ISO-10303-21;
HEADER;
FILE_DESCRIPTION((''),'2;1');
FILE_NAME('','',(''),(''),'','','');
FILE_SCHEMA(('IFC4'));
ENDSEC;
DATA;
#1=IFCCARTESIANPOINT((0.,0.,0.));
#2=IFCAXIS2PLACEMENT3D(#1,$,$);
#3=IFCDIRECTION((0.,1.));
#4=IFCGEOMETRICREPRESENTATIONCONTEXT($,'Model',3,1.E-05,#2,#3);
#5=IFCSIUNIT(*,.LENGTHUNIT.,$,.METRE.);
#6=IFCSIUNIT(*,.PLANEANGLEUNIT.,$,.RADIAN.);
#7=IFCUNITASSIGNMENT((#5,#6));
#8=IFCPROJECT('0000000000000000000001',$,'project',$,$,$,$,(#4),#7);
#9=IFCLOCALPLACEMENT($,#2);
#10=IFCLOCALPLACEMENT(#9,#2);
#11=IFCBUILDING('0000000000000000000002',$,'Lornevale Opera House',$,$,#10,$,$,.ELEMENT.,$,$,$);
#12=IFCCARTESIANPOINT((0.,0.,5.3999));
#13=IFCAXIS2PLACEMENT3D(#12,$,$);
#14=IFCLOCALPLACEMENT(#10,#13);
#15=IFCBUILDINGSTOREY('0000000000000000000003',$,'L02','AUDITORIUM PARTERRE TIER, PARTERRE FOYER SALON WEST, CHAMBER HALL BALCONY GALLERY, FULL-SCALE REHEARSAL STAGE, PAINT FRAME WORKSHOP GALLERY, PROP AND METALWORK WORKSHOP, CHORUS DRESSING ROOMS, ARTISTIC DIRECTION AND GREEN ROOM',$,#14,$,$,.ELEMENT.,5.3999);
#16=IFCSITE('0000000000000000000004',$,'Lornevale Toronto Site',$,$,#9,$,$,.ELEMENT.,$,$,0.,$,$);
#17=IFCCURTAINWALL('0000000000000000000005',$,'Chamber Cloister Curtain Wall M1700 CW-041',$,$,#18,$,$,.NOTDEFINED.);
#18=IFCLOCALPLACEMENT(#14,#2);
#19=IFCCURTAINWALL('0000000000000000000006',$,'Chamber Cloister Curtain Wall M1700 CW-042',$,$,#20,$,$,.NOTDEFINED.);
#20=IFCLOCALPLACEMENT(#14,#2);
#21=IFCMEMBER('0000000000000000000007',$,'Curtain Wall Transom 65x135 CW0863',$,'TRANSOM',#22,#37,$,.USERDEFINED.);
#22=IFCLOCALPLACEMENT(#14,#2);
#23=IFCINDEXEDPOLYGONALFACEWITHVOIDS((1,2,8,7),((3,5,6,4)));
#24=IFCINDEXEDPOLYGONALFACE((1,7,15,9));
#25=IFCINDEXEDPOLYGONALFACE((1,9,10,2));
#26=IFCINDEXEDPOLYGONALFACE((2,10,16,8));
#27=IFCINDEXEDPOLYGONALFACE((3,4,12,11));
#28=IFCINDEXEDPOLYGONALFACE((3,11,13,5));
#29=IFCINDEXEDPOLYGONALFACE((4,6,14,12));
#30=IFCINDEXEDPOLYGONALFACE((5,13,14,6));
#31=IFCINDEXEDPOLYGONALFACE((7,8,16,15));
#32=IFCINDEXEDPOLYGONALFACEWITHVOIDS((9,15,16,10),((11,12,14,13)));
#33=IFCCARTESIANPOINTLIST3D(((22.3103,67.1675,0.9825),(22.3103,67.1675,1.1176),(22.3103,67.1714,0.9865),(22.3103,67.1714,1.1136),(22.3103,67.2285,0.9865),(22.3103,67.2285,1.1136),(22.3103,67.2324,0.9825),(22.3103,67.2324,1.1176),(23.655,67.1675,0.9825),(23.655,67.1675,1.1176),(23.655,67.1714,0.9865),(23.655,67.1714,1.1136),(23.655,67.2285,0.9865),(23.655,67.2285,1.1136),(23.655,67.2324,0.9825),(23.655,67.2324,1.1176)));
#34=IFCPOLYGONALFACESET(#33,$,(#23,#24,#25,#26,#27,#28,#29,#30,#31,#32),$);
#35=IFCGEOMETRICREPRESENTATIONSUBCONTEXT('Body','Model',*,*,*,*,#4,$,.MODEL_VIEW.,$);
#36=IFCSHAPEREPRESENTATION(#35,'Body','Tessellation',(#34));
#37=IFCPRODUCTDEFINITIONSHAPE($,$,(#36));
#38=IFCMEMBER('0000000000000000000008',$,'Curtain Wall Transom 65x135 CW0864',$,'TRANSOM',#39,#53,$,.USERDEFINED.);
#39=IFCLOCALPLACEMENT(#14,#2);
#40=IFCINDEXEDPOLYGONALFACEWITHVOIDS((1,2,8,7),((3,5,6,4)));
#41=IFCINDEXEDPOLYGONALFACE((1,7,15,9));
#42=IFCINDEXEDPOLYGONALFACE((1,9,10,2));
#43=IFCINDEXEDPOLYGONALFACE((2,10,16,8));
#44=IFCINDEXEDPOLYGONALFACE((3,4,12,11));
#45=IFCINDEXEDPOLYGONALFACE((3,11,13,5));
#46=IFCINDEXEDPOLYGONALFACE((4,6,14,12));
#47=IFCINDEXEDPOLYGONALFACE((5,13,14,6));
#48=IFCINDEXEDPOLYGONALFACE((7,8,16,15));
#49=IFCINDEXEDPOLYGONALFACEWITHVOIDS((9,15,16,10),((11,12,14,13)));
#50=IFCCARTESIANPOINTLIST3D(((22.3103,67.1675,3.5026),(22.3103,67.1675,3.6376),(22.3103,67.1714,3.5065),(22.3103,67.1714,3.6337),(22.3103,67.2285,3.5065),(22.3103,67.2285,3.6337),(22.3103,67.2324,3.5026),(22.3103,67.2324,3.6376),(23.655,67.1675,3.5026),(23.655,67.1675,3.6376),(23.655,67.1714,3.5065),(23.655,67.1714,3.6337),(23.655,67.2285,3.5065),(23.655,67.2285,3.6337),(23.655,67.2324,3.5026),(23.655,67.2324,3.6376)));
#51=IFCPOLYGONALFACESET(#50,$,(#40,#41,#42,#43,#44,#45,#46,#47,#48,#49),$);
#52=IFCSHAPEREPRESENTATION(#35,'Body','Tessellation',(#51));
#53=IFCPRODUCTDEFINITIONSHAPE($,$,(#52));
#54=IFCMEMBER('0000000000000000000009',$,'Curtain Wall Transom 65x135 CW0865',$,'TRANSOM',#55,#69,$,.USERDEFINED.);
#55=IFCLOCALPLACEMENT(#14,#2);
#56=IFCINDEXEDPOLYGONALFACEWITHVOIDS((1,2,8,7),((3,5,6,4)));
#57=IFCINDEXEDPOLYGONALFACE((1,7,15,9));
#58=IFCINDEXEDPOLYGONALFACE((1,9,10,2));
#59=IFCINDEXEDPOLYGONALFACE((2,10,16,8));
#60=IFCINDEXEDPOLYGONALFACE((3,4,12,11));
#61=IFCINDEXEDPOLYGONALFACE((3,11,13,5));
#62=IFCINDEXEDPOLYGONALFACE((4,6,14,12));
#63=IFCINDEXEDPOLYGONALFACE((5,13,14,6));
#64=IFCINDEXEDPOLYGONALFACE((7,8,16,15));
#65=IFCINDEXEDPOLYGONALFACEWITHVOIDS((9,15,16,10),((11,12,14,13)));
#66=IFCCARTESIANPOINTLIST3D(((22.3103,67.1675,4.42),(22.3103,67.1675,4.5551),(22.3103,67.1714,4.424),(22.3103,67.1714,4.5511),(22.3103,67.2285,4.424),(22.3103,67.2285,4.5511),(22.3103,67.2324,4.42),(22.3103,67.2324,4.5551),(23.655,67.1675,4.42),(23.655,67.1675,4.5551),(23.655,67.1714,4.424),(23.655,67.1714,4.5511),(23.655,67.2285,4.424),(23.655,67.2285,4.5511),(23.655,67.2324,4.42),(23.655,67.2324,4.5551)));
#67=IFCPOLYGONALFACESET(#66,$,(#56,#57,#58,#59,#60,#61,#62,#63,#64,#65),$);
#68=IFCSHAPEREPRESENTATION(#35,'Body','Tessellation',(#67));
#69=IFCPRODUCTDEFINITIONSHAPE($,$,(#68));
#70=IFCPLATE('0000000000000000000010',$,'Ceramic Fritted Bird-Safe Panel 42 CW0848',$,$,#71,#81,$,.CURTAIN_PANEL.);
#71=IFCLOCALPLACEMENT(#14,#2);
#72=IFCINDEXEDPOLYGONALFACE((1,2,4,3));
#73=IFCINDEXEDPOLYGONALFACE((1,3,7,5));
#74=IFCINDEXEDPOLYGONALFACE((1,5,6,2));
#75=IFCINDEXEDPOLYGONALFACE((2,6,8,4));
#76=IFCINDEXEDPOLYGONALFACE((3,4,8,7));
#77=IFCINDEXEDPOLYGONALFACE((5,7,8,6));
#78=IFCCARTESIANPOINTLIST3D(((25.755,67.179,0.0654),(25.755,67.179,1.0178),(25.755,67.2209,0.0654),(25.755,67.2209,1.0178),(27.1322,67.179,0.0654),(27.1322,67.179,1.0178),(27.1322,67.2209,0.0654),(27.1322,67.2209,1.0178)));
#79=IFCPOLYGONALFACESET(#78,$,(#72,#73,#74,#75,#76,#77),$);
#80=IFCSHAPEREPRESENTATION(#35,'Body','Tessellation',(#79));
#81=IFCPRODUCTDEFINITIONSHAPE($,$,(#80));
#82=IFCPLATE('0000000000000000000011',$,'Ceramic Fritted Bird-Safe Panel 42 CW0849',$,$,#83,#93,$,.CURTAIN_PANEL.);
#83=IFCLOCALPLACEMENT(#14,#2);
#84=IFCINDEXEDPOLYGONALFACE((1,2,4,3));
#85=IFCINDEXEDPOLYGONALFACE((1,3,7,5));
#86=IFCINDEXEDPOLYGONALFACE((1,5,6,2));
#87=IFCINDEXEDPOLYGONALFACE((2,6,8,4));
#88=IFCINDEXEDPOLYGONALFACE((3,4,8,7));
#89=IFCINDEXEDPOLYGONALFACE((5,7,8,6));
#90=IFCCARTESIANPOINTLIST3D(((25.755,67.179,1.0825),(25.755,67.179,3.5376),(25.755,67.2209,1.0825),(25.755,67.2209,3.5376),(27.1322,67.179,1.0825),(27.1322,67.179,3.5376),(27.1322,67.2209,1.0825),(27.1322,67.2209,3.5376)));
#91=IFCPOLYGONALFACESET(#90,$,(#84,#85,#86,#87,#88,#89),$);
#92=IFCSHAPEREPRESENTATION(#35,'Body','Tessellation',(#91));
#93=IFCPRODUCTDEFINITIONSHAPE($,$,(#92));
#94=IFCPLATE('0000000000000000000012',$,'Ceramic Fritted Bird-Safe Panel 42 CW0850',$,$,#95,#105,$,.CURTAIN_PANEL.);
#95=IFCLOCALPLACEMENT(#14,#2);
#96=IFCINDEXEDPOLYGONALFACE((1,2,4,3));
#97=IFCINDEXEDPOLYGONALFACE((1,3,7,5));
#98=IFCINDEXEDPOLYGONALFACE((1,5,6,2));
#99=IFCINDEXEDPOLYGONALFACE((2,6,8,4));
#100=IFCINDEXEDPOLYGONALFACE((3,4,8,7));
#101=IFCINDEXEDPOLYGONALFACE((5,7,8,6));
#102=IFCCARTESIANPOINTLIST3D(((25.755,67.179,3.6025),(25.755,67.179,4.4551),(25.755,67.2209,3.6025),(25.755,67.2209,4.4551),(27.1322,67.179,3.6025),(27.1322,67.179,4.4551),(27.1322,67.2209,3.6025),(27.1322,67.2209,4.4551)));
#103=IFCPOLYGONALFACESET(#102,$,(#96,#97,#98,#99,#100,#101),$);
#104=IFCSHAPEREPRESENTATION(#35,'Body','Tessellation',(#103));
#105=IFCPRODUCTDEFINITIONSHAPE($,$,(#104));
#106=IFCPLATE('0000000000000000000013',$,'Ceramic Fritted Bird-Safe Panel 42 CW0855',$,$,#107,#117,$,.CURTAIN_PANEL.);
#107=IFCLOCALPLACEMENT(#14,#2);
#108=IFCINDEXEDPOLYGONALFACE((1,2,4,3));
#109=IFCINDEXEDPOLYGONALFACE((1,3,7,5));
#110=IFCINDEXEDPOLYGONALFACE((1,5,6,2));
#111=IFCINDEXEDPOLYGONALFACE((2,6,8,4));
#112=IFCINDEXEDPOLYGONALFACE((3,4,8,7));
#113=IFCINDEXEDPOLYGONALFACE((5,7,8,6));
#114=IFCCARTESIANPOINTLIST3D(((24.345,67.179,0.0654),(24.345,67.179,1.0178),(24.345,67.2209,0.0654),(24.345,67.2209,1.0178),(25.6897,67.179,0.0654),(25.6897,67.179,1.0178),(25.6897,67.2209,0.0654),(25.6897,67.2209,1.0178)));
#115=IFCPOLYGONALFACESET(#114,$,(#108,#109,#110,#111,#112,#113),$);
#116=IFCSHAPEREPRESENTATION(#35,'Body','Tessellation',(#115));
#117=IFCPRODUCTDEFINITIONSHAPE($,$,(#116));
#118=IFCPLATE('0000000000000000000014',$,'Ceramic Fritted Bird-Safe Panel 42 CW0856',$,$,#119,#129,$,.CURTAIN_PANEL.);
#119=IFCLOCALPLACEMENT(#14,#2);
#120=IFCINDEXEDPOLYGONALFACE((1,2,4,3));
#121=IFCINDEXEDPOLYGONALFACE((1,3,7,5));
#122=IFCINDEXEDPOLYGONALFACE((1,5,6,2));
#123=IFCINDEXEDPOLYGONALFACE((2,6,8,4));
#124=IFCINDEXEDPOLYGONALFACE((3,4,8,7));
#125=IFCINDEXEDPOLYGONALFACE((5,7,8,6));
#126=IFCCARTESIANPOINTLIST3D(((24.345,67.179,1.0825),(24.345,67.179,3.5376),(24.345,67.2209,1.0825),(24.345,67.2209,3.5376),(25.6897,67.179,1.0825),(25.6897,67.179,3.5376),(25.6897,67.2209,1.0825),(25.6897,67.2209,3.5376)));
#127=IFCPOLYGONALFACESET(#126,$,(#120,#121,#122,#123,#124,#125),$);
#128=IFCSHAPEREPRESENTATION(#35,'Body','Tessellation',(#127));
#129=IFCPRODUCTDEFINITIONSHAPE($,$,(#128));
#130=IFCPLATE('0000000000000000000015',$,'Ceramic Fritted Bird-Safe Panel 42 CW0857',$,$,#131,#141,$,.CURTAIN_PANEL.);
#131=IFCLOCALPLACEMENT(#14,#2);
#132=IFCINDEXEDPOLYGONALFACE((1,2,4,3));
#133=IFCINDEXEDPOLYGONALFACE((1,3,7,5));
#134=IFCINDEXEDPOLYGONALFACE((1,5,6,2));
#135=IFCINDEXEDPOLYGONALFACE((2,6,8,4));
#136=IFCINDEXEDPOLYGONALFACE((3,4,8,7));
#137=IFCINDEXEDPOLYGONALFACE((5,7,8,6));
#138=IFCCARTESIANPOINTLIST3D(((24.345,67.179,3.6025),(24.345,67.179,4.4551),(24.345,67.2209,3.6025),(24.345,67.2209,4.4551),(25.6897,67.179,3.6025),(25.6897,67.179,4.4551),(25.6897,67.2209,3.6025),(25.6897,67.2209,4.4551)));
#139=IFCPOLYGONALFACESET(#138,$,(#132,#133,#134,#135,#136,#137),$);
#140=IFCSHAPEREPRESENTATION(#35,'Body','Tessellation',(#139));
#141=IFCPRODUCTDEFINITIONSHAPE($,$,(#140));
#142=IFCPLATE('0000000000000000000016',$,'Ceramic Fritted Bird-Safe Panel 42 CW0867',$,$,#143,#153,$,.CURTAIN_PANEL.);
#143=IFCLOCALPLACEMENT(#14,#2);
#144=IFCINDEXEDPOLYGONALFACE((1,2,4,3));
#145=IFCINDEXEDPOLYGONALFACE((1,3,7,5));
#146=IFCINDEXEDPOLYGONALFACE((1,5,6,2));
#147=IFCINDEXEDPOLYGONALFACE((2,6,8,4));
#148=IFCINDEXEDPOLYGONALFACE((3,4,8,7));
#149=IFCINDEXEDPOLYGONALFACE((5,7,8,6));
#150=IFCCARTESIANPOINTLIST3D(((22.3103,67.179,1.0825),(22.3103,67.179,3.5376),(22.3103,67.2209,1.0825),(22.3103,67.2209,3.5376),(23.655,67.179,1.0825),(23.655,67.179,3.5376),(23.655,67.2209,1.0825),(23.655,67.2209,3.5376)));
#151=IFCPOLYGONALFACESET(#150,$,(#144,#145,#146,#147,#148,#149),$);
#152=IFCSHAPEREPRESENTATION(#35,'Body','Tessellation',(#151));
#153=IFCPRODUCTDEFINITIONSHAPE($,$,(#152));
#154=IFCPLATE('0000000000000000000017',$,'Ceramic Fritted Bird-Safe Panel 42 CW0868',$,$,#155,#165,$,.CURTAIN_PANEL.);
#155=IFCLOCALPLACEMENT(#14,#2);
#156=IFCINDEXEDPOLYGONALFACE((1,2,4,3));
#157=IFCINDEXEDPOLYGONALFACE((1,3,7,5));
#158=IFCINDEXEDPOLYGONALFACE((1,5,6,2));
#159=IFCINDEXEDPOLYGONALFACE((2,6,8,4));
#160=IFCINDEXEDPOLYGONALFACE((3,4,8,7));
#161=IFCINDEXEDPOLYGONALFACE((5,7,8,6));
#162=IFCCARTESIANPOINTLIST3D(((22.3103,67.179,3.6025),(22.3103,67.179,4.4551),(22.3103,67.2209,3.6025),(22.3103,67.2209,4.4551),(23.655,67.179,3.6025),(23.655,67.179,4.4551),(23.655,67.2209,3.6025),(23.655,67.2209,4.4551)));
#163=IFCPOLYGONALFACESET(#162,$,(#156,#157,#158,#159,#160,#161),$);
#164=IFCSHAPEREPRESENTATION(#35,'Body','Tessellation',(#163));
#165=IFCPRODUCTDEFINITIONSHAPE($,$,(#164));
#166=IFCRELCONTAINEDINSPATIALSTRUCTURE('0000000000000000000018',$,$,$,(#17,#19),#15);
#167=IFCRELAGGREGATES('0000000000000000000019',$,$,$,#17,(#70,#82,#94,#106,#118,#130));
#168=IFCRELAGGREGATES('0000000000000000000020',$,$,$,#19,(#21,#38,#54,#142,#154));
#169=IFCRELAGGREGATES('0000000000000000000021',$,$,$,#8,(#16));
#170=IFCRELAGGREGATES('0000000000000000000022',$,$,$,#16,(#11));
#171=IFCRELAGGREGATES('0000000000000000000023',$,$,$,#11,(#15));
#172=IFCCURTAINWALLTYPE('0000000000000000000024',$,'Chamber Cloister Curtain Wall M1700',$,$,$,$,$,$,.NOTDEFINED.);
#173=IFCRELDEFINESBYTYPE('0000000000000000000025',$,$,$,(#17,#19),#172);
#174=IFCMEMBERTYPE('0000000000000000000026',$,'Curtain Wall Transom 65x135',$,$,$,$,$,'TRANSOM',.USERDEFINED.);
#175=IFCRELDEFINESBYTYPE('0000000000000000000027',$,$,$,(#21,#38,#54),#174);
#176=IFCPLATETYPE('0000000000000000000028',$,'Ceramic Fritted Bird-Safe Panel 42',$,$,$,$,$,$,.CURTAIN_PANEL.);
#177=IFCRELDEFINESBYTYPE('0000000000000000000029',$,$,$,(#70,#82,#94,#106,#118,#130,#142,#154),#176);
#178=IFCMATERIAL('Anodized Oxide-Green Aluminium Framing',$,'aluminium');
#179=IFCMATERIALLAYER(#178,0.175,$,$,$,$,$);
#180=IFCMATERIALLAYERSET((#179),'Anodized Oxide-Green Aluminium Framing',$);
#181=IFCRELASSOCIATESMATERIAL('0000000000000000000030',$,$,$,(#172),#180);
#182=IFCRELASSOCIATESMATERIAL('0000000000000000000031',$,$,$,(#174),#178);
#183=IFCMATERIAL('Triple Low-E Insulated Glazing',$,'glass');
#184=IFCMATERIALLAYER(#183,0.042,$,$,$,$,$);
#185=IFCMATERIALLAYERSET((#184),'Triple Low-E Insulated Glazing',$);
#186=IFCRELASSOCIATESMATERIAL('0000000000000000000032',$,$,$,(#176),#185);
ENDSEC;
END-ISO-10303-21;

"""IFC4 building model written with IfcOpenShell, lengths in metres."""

from ifc_helpers import new_model, si_unit, direction, frame, origin, origin_2d, place, context, subcontext, project, spatial, rectangle, hollow_rectangle, extrude, material, layer, layer_set, material_profile, profile_set, type_object, element, aggregate, save


model = new_model("IFC4")

# Units and contexts
model_context = context("Model", 3, precision=1e-05, world=origin(), true_north=direction((0.0, 1.0)))
body_context = subcontext(model_context, "Body", "Model", "MODEL_VIEW")
ifc_project = project(units=[si_unit("LENGTHUNIT", "METRE"), si_unit("PLANEANGLEUNIT", "RADIAN")], contexts=[model_context])

# Site, building, storey
site_placement = place(None, origin())
site = spatial("IfcSite", under=ifc_project, at=site_placement, Name="Lornevale Toronto Site", CompositionType="ELEMENT", RefElevation=0.0)
building_placement = place(site_placement, origin())
building = spatial("IfcBuilding", under=site, at=building_placement, Name="Lornevale Opera House", CompositionType="ELEMENT")
storey_placement = place(building_placement, frame((0.0, 0.0, 5.3999)))
storey = spatial("IfcBuildingStorey", under=building, at=storey_placement, Name="L02", Description="AUDITORIUM PARTERRE TIER, PARTERRE FOYER SALON WEST, CHAMBER HALL BALCONY GALLERY, FULL-SCALE REHEARSAL STAGE, PAINT FRAME WORKSHOP GALLERY, PROP AND METALWORK WORKSHOP, CHORUS DRESSING ROOMS, ARTISTIC DIRECTION AND GREEN ROOM", CompositionType="ELEMENT", Elevation=5.3999)

# Curtain wall
ifc_material_1 = material(Name="Anodized Oxide-Green Aluminium Framing", Category="aluminium")
ifc_layer_1 = layer(ifc_material_1, 0.175)
ifc_layer_set_1 = layer_set([ifc_layer_1], Name="Anodized Oxide-Green Aluminium Framing")
curtain_wall_type = type_object("IfcCurtainWallType", Name="Chamber Cloister Curtain Wall M1700", PredefinedType="NOTDEFINED", material=ifc_layer_set_1)
curtain_wall_1_placement = place(storey_placement, origin())
curtain_wall_1 = element("IfcCurtainWall", 1, at=curtain_wall_1_placement, inside=storey, type_object=curtain_wall_type, Name="Chamber Cloister Curtain Wall M1700 CW-041", PredefinedType="NOTDEFINED")

# Curtain wall
curtain_wall_2_placement = place(storey_placement, origin())
curtain_wall_2 = element("IfcCurtainWall", 2, at=curtain_wall_2_placement, inside=storey, type_object=curtain_wall_type, Name="Chamber Cloister Curtain Wall M1700 CW-042", PredefinedType="NOTDEFINED")

# Members
ifc_material_profile_1 = material_profile(ifc_material_1, hollow_rectangle(XDim=0.0649, YDim=0.135, WallThickness=0.0039, at=origin_2d()), Name="ALU65x135x4")
ifc_profile_set_1 = profile_set([ifc_material_profile_1], Name="Anodized Oxide-Green Aluminium Framing")
member_type_1 = type_object("IfcMemberType", Name="Curtain Wall Transom 65x135", ElementType="TRANSOM", PredefinedType="USERDEFINED", material=ifc_profile_set_1)
member_1_placement = place(storey_placement, frame((23.655, 67.2, 1.05), z_axis=(-1.0, 0.0, 0.0), x_axis=(0.0, -1.0, 0.0)))
member_1 = element("IfcMember", 3, at=member_1_placement, type_object=member_type_1, Name="Curtain Wall Transom 65x135 CW0863", ObjectType="TRANSOM", PredefinedType="USERDEFINED", context=body_context, shape_type="SweptSolid", body=[
    extrude(hollow_rectangle(XDim=0.0649, YDim=0.135, WallThickness=0.0039, at=origin_2d()), origin(), (0.0, 0.0, 1.0), 1.3447),
])
member_2_placement = place(storey_placement, frame((23.655, 67.2, 3.5701), z_axis=(-1.0, 0.0, 0.0), x_axis=(0.0, -1.0, 0.0)))
member_2 = element("IfcMember", 4, at=member_2_placement, type_object=member_type_1, Name="Curtain Wall Transom 65x135 CW0864", ObjectType="TRANSOM", PredefinedType="USERDEFINED", context=body_context, shape_type="SweptSolid", body=[
    extrude(hollow_rectangle(XDim=0.0649, YDim=0.135, WallThickness=0.0039, at=origin_2d()), origin(), (0.0, 0.0, 1.0), 1.3447),
])
member_3_placement = place(storey_placement, frame((23.655, 67.2, 4.4875), z_axis=(-1.0, 0.0, 0.0), x_axis=(0.0, -1.0, 0.0)))
member_3 = element("IfcMember", 5, at=member_3_placement, type_object=member_type_1, Name="Curtain Wall Transom 65x135 CW0865", ObjectType="TRANSOM", PredefinedType="USERDEFINED", context=body_context, shape_type="SweptSolid", body=[
    extrude(hollow_rectangle(XDim=0.0649, YDim=0.135, WallThickness=0.0039, at=origin_2d()), origin(), (0.0, 0.0, 1.0), 1.3447),
])

# Plates
ifc_material_2 = material(Name="Triple Low-E Insulated Glazing", Category="glass")
ifc_layer_2 = layer(ifc_material_2, 0.042)
ifc_layer_set_2 = layer_set([ifc_layer_2], Name="Triple Low-E Insulated Glazing")
plate_type = type_object("IfcPlateType", Name="Ceramic Fritted Bird-Safe Panel 42", PredefinedType="CURTAIN_PANEL", material=ifc_layer_set_2)
plate_1_placement = place(storey_placement, frame((26.4436, 67.2, 0.0654), z_axis=(0.0, 0.0, 1.0), x_axis=(-1.0, 0.0, 0.0)))
plate_1 = element("IfcPlate", 6, at=plate_1_placement, type_object=plate_type, Name="Ceramic Fritted Bird-Safe Panel 42 CW0848", PredefinedType="CURTAIN_PANEL", context=body_context, shape_type="SweptSolid", body=[
    extrude(rectangle(XDim=1.3772, YDim=0.042, at=origin_2d()), origin(), (0.0, 0.0, 1.0), 0.9524),
])
plate_2_placement = place(storey_placement, frame((26.4436, 67.2, 1.0825), z_axis=(0.0, 0.0, 1.0), x_axis=(-1.0, 0.0, 0.0)))
plate_2 = element("IfcPlate", 7, at=plate_2_placement, type_object=plate_type, Name="Ceramic Fritted Bird-Safe Panel 42 CW0849", PredefinedType="CURTAIN_PANEL", context=body_context, shape_type="SweptSolid", body=[
    extrude(rectangle(XDim=1.3772, YDim=0.042, at=origin_2d()), origin(), (0.0, 0.0, 1.0), 2.4551),
])
plate_3_placement = place(storey_placement, frame((26.4436, 67.2, 3.6025), z_axis=(0.0, 0.0, 1.0), x_axis=(-1.0, 0.0, 0.0)))
plate_3 = element("IfcPlate", 8, at=plate_3_placement, type_object=plate_type, Name="Ceramic Fritted Bird-Safe Panel 42 CW0850", PredefinedType="CURTAIN_PANEL", context=body_context, shape_type="SweptSolid", body=[
    extrude(rectangle(XDim=1.3772, YDim=0.042, at=origin_2d()), origin(), (0.0, 0.0, 1.0), 0.8525),
])
plate_4_placement = place(storey_placement, frame((25.0173, 67.2, 0.0654), z_axis=(0.0, 0.0, 1.0), x_axis=(-1.0, 0.0, 0.0)))
plate_4 = element("IfcPlate", 9, at=plate_4_placement, type_object=plate_type, Name="Ceramic Fritted Bird-Safe Panel 42 CW0855", PredefinedType="CURTAIN_PANEL", context=body_context, shape_type="SweptSolid", body=[
    extrude(rectangle(XDim=1.3447, YDim=0.042, at=origin_2d()), origin(), (0.0, 0.0, 1.0), 0.9524),
])
plate_5_placement = place(storey_placement, frame((25.0173, 67.2, 1.0825), z_axis=(0.0, 0.0, 1.0), x_axis=(-1.0, 0.0, 0.0)))
plate_5 = element("IfcPlate", 10, at=plate_5_placement, type_object=plate_type, Name="Ceramic Fritted Bird-Safe Panel 42 CW0856", PredefinedType="CURTAIN_PANEL", context=body_context, shape_type="SweptSolid", body=[
    extrude(rectangle(XDim=1.3447, YDim=0.042, at=origin_2d()), origin(), (0.0, 0.0, 1.0), 2.4551),
])
plate_6_placement = place(storey_placement, frame((25.0173, 67.2, 3.6025), z_axis=(0.0, 0.0, 1.0), x_axis=(-1.0, 0.0, 0.0)))
plate_6 = element("IfcPlate", 11, at=plate_6_placement, type_object=plate_type, Name="Ceramic Fritted Bird-Safe Panel 42 CW0857", PredefinedType="CURTAIN_PANEL", context=body_context, shape_type="SweptSolid", body=[
    extrude(rectangle(XDim=1.3447, YDim=0.042, at=origin_2d()), origin(), (0.0, 0.0, 1.0), 0.8525),
])
aggregate(curtain_wall_1, [plate_1, plate_2, plate_3, plate_4, plate_5, plate_6])
plate_7_placement = place(storey_placement, frame((22.9827, 67.2, 1.0825), z_axis=(0.0, 0.0, 1.0), x_axis=(-1.0, 0.0, 0.0)))
plate_7 = element("IfcPlate", 12, at=plate_7_placement, type_object=plate_type, Name="Ceramic Fritted Bird-Safe Panel 42 CW0867", PredefinedType="CURTAIN_PANEL", context=body_context, shape_type="SweptSolid", body=[
    extrude(rectangle(XDim=1.3447, YDim=0.042, at=origin_2d()), origin(), (0.0, 0.0, 1.0), 2.4551),
])
plate_8_placement = place(storey_placement, frame((22.9827, 67.2, 3.6025), z_axis=(0.0, 0.0, 1.0), x_axis=(-1.0, 0.0, 0.0)))
plate_8 = element("IfcPlate", 13, at=plate_8_placement, type_object=plate_type, Name="Ceramic Fritted Bird-Safe Panel 42 CW0868", PredefinedType="CURTAIN_PANEL", context=body_context, shape_type="SweptSolid", body=[
    extrude(rectangle(XDim=1.3447, YDim=0.042, at=origin_2d()), origin(), (0.0, 0.0, 1.0), 0.8525),
])
aggregate(curtain_wall_2, [member_1, member_2, member_3, plate_7, plate_8])

save(model, "model.ifc")
